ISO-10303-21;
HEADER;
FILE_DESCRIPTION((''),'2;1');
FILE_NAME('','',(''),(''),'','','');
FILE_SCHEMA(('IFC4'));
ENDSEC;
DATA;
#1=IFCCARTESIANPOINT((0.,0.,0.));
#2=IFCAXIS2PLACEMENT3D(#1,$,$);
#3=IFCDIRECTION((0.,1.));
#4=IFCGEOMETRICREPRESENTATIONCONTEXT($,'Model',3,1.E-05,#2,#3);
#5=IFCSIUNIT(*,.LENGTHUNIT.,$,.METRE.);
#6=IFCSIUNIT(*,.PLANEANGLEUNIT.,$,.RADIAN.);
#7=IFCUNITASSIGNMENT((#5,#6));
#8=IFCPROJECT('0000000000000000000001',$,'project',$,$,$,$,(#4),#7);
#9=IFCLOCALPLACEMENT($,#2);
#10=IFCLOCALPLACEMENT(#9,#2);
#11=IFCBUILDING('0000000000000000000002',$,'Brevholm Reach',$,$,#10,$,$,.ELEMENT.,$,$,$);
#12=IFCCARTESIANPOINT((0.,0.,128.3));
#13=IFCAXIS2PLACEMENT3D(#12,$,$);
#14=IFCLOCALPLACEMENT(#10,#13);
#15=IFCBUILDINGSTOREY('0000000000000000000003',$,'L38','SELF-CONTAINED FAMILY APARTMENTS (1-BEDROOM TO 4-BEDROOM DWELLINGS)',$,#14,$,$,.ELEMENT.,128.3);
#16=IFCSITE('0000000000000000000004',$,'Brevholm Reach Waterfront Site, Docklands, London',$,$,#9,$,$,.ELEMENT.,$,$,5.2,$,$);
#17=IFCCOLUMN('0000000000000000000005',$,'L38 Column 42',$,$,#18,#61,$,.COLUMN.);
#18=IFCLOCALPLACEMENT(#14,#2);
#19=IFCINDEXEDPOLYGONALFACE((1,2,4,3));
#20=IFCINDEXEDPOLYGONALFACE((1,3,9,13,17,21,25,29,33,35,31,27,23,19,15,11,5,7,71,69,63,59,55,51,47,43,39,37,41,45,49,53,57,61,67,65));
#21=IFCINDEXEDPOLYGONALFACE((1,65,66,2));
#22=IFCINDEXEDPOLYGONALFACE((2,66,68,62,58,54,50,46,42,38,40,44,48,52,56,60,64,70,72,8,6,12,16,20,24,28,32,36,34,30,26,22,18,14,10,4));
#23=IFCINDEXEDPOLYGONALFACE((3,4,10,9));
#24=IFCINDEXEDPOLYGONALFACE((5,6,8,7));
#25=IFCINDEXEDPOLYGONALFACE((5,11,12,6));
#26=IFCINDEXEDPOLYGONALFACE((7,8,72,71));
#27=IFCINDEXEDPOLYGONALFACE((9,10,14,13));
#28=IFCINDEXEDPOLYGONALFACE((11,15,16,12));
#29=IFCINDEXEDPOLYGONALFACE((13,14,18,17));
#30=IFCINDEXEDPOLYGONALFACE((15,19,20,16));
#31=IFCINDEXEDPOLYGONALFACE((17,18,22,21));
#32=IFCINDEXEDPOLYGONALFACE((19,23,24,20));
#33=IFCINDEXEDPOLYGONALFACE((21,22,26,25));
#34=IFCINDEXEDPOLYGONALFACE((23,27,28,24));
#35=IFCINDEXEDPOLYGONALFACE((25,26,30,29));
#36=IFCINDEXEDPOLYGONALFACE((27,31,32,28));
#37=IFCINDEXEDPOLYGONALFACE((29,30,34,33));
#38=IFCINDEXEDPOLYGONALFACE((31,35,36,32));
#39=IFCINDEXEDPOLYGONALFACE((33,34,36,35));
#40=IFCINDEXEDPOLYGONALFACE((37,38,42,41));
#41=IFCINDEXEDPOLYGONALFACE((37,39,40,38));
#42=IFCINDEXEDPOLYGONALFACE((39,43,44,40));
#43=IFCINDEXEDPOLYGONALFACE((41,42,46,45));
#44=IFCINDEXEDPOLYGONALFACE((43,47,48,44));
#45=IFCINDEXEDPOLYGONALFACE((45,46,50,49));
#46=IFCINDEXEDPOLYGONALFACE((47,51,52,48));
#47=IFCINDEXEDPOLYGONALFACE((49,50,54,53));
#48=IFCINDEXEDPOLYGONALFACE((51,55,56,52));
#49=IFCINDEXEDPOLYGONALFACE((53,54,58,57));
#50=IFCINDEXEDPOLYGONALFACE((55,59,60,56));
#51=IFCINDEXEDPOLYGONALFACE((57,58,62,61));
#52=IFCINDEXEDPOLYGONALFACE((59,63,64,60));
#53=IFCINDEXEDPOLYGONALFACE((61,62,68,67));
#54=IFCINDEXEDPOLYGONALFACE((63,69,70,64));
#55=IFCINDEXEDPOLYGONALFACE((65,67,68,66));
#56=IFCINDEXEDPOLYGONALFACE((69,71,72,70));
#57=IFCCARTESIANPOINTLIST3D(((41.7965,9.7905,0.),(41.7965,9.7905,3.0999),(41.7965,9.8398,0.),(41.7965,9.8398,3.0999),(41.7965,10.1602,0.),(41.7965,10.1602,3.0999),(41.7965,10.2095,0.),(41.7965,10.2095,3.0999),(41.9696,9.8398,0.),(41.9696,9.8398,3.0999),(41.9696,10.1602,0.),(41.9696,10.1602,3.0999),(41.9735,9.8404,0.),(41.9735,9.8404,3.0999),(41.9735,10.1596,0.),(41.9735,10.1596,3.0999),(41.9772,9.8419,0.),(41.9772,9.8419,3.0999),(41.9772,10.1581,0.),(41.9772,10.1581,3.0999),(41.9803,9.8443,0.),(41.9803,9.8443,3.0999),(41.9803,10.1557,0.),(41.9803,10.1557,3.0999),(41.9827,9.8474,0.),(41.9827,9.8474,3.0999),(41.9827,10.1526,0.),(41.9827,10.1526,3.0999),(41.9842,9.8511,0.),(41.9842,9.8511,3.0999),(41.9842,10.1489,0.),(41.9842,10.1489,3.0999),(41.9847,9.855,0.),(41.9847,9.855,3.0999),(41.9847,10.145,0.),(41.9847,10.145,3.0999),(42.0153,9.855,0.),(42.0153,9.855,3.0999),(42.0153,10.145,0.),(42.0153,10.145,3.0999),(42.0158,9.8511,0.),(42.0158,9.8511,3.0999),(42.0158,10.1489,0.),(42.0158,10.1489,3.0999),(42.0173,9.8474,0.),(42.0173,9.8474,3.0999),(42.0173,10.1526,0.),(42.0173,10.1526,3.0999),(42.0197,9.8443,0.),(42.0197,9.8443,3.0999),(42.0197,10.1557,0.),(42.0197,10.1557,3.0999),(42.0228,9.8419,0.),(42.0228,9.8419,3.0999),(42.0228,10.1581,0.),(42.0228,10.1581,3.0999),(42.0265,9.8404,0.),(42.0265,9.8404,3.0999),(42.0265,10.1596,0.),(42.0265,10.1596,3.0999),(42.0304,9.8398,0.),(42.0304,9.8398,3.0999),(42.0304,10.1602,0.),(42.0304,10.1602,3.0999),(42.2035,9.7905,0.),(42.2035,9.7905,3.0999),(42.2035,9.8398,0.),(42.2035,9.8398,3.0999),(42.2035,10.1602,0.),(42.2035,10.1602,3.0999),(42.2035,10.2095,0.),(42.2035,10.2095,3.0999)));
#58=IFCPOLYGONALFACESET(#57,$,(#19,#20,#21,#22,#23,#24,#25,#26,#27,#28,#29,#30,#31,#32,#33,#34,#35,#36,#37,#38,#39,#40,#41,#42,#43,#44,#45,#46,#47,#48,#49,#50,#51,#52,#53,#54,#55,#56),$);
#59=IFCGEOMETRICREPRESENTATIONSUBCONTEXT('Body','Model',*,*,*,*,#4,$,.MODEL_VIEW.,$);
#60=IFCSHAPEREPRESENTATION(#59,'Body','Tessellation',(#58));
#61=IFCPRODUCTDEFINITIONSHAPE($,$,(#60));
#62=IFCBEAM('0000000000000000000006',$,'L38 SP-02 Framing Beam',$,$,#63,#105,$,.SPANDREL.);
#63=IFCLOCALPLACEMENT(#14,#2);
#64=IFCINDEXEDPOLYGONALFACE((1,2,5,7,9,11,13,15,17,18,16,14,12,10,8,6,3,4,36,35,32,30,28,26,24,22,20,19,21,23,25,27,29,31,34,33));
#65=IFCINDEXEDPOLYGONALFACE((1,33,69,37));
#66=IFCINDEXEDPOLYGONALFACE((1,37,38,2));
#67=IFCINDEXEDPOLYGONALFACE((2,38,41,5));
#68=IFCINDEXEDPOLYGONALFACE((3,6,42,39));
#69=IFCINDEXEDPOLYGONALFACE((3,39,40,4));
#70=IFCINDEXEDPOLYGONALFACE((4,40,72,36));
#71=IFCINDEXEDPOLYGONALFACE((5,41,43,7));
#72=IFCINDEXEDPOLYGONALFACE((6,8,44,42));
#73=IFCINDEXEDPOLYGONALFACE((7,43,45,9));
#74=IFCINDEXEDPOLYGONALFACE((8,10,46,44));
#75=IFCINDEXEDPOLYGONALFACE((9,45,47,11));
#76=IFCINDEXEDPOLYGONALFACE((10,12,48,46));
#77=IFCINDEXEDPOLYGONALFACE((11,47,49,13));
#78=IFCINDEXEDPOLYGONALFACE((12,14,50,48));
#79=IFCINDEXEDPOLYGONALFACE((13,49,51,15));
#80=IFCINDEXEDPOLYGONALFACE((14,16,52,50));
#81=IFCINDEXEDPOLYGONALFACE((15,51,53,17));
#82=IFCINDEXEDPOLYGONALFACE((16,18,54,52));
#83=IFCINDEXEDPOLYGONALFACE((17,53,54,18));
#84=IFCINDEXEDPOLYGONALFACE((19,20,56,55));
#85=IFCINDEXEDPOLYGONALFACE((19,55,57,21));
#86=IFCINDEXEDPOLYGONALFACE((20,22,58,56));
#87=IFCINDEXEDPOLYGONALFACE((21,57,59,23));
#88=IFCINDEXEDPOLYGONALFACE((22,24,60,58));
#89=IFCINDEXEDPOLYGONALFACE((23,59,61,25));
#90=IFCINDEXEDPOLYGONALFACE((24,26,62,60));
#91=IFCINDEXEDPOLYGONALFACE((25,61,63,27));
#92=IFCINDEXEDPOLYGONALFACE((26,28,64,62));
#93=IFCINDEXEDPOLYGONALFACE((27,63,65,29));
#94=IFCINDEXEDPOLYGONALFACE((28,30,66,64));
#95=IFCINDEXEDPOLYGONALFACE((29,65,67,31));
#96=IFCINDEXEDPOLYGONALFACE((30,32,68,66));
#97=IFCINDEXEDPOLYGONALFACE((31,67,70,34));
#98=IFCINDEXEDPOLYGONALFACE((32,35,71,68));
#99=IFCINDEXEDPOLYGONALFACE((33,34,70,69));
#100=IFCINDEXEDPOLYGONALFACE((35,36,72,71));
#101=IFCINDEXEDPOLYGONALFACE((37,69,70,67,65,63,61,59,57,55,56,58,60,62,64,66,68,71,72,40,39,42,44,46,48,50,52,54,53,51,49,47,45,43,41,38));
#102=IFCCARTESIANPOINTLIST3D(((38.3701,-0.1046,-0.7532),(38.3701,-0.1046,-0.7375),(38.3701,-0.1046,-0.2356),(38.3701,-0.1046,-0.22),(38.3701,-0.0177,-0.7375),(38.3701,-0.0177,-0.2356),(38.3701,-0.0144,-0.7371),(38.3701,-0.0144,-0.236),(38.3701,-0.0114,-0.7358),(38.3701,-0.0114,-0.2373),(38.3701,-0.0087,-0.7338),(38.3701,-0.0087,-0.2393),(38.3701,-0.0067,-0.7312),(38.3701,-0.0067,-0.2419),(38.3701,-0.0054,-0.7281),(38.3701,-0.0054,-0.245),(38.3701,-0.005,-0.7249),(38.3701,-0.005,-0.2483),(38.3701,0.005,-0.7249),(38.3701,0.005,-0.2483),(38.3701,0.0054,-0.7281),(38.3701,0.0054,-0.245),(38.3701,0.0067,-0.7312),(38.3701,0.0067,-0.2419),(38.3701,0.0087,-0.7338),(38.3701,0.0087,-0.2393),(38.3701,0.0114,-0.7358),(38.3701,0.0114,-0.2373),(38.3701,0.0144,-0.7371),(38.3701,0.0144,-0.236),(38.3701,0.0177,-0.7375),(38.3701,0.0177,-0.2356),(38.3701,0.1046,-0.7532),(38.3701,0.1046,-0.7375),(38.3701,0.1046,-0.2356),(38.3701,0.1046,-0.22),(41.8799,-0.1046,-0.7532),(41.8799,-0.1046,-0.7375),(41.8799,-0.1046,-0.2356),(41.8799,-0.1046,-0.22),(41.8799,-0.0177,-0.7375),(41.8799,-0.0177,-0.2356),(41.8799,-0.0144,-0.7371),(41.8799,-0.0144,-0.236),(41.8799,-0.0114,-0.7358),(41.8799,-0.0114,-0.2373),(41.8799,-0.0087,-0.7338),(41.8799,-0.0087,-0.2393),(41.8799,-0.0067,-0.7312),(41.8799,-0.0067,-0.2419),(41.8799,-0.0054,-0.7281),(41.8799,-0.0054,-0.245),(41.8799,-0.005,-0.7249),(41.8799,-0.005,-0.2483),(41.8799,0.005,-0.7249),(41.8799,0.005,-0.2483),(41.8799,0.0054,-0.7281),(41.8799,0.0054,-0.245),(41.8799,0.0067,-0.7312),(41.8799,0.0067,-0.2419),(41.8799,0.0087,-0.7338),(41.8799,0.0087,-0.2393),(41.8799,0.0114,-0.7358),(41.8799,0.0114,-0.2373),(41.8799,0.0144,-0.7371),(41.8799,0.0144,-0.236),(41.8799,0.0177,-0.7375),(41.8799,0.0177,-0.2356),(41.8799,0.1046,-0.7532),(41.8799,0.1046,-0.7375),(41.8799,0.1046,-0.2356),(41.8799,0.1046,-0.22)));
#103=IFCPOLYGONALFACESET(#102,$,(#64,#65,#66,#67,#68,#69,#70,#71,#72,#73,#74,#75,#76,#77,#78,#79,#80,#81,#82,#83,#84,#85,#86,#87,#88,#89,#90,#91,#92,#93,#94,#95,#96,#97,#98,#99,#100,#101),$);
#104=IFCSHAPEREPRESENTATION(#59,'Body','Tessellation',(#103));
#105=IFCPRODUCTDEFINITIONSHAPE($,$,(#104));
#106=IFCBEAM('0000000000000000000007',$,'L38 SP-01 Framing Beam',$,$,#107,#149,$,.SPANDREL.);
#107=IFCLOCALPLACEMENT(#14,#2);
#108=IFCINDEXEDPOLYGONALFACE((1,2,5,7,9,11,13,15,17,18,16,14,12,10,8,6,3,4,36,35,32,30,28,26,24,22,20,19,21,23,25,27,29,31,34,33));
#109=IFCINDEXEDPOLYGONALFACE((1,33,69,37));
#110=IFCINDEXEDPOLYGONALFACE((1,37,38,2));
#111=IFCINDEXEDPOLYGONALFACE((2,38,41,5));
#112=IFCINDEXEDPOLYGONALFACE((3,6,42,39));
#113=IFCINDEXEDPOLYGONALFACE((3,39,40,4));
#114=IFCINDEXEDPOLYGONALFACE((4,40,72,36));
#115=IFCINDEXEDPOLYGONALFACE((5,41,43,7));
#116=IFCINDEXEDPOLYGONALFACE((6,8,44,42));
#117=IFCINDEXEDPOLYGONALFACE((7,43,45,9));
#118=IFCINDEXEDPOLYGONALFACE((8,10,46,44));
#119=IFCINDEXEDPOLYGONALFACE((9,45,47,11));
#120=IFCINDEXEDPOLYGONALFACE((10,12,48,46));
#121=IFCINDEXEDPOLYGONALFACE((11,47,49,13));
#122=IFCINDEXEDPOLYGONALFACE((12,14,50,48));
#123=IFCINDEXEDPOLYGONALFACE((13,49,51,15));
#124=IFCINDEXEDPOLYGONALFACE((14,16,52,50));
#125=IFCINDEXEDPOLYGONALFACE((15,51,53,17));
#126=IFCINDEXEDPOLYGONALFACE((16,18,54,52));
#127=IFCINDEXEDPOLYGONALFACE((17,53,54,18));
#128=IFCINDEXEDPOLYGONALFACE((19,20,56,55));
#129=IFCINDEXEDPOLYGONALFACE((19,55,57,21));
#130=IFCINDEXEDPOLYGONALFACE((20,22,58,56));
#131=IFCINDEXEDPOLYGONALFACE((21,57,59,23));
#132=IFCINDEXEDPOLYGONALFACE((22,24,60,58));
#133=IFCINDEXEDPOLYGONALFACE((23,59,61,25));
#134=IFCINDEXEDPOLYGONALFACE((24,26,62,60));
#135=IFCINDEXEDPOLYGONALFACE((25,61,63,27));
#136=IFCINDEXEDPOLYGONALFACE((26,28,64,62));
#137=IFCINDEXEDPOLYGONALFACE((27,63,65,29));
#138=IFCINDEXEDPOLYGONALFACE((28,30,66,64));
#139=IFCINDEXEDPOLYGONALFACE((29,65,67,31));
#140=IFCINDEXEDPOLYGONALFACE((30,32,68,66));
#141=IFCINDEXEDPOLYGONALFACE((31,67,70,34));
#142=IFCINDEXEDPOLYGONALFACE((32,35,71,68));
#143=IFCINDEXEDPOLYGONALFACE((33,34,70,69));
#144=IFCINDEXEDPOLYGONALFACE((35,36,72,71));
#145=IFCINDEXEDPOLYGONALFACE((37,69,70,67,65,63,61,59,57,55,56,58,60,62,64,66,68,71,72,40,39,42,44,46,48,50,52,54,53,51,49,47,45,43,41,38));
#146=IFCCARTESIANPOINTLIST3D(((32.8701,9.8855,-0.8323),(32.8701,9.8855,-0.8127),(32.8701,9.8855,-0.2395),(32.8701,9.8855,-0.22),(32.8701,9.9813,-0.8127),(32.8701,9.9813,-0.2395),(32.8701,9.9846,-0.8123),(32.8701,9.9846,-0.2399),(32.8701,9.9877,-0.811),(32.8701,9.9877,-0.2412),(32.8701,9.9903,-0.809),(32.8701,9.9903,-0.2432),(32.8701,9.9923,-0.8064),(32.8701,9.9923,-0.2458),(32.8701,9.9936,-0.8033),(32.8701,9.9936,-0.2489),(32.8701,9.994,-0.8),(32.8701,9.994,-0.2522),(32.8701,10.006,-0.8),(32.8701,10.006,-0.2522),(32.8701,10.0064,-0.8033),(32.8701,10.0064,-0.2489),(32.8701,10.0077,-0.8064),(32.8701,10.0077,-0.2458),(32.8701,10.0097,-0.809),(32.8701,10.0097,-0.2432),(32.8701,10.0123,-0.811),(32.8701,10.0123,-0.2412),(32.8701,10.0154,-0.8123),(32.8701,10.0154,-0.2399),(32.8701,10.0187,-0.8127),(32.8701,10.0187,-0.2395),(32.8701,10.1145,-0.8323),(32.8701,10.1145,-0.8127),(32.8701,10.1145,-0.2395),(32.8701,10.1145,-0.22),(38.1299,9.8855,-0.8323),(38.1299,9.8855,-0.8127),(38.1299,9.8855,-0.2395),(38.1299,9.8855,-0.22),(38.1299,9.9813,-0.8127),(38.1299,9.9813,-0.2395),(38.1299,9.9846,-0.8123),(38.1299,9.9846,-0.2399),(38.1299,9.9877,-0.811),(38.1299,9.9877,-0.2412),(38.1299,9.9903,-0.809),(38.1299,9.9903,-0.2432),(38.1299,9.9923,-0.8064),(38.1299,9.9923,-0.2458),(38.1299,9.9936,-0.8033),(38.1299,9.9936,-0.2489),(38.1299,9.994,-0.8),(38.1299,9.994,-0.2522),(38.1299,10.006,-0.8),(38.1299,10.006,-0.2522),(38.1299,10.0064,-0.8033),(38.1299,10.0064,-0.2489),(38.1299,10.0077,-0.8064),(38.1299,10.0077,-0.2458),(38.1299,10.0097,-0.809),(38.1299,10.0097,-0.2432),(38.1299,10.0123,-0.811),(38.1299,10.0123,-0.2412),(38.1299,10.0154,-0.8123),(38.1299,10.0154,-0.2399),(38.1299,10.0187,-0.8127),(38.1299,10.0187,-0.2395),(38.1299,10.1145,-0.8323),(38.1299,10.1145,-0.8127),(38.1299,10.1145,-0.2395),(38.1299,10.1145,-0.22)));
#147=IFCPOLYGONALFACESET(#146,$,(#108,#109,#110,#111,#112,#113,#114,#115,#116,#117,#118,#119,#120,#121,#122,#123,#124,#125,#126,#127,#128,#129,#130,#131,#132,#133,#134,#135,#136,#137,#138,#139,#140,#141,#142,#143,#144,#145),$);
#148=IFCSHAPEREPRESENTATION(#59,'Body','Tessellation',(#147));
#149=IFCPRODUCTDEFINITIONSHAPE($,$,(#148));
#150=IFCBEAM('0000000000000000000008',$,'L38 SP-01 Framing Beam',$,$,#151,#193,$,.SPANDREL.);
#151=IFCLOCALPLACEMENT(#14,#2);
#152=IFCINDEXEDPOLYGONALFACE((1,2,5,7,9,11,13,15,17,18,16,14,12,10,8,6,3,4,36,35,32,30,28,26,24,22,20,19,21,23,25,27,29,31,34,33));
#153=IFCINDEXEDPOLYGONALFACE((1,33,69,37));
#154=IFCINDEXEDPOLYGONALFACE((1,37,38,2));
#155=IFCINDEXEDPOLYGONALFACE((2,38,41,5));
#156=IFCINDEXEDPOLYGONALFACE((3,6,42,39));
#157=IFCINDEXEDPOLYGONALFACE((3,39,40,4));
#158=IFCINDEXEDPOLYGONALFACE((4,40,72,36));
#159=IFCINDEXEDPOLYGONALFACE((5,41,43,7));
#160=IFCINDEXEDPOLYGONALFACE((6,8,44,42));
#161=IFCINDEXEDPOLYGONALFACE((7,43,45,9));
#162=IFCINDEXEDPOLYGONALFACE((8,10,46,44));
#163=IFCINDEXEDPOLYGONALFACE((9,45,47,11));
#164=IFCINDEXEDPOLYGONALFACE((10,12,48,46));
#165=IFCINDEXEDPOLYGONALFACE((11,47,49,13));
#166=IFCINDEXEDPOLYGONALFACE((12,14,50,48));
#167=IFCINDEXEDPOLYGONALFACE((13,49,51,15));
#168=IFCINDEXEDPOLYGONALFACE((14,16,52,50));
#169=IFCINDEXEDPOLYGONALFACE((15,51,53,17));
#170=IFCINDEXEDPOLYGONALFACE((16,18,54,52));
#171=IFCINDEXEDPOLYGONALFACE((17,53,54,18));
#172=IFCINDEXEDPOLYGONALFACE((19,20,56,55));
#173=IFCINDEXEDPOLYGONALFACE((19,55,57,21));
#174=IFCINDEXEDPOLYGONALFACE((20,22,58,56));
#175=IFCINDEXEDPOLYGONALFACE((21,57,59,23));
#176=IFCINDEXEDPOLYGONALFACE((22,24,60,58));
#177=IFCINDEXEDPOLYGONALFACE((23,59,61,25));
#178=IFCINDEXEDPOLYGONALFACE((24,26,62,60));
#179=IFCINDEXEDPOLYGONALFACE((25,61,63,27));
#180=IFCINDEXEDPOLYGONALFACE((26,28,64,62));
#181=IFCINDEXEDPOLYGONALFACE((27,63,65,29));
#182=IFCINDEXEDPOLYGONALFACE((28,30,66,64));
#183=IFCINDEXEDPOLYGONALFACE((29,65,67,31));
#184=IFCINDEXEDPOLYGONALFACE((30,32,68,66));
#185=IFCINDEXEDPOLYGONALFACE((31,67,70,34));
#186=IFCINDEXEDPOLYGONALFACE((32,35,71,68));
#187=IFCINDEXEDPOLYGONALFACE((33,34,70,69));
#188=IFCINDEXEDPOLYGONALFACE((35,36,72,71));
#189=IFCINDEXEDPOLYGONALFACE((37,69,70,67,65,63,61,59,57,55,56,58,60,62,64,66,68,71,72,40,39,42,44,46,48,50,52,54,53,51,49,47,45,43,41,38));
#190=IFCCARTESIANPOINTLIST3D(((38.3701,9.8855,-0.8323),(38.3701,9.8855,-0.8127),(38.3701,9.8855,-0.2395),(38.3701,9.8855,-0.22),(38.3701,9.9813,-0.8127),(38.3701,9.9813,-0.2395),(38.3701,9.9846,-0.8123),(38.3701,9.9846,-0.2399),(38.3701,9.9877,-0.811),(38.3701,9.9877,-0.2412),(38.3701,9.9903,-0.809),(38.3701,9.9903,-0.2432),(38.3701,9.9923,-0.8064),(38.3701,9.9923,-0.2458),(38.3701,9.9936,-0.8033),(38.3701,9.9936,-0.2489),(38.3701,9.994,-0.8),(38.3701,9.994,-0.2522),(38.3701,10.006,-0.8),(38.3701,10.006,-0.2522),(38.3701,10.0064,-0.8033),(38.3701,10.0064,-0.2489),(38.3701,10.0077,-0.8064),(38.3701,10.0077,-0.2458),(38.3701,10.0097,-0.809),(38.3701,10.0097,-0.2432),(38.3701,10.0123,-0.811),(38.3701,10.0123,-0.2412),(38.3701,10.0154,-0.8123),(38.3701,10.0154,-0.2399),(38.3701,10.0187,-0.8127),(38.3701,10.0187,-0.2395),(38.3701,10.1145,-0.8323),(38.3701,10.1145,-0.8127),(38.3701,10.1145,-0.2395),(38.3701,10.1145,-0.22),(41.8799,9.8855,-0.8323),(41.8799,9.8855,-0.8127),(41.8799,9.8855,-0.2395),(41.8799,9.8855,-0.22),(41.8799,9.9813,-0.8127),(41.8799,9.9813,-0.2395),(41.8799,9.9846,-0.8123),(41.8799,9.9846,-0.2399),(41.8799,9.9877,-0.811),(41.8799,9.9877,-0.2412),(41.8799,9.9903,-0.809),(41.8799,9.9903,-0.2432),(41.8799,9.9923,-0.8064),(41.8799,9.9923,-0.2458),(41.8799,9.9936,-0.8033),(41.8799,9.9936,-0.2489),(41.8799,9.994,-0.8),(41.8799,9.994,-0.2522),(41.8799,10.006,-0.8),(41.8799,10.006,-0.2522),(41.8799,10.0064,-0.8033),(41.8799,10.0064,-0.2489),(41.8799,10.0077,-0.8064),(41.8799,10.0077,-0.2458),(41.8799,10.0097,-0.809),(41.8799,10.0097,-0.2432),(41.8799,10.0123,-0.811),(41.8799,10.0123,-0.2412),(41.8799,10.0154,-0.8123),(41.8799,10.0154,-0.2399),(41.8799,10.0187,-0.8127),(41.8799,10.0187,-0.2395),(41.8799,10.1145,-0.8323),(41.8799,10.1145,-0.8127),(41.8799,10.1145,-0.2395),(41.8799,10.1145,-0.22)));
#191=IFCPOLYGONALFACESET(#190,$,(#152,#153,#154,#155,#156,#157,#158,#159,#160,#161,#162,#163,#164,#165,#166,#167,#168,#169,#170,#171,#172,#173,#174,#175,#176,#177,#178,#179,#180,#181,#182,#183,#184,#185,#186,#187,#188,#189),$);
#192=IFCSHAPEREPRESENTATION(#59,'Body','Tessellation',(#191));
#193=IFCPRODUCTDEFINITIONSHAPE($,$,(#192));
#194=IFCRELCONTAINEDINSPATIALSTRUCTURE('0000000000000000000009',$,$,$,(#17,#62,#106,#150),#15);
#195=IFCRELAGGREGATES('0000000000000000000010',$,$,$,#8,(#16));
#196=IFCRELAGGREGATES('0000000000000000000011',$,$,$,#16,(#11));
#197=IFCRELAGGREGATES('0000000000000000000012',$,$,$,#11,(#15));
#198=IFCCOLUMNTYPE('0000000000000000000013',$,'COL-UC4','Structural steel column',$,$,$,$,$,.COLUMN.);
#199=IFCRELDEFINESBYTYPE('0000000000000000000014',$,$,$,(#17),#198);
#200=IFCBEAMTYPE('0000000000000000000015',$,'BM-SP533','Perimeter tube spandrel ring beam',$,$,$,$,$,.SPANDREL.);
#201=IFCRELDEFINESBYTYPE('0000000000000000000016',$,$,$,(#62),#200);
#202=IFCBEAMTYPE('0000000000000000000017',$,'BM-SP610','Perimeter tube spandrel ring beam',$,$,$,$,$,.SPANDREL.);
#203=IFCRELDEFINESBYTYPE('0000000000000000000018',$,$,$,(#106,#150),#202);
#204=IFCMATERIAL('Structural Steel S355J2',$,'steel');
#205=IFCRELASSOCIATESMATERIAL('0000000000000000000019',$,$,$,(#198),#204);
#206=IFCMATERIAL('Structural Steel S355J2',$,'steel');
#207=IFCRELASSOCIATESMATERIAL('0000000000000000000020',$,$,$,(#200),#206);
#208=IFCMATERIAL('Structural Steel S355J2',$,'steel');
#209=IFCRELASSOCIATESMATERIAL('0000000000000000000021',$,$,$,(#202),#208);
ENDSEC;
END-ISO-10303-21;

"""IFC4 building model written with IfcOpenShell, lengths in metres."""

from ifc_helpers import new_model, si_unit, direction, frame, origin, origin_2d, place, context, subcontext, project, spatial, i_section, extrude, material, material_profile, profile_set, type_object, element, save


model = new_model("IFC4")

# Units and contexts
model_context = context("Model", 3, precision=1e-05, world=origin(), true_north=direction((0.0, 1.0)))
body_context = subcontext(model_context, "Body", "Model", "MODEL_VIEW")
ifc_project = project(units=[si_unit("LENGTHUNIT", "METRE"), si_unit("PLANEANGLEUNIT", "RADIAN")], contexts=[model_context])

# Site, building, storey
site_placement = place(None, origin())
site = spatial("IfcSite", under=ifc_project, at=site_placement, Name="Brevholm Reach Waterfront Site, Docklands, London", CompositionType="ELEMENT", RefElevation=5.2)
building_placement = place(site_placement, origin())
building = spatial("IfcBuilding", under=site, at=building_placement, Name="Brevholm Reach", CompositionType="ELEMENT")
storey_placement = place(building_placement, frame((0.0, 0.0, 128.3)))
storey = spatial("IfcBuildingStorey", under=building, at=storey_placement, Name="L38", Description="SELF-CONTAINED FAMILY APARTMENTS (1-BEDROOM TO 4-BEDROOM DWELLINGS)", CompositionType="ELEMENT", Elevation=128.3)

# Column
ifc_material_1 = material(Name="Structural Steel S355J2", Category="steel")
ifc_material_profile_1 = material_profile(ifc_material_1, i_section(OverallWidth=0.407, OverallDepth=0.4189, WebThickness=0.0305, FlangeThickness=0.0493, FilletRadius=0.0151, at=origin_2d()), Name="UKC 356x406x393")
ifc_profile_set_1 = profile_set([ifc_material_profile_1], Name="Structural Steel S355J2")
column_type_1 = type_object("IfcColumnType", Name="COL-UC4", Description="Structural steel column", PredefinedType="COLUMN", material=ifc_profile_set_1)
for number, where, z_axis, x_axis, name in (
    (1, (42.0, 10.0, 0.0), (0.0, 0.0, 1.0), (1.0, 0.0, 0.0), "L38 Column 42"),
):
    element("IfcColumn", number, at=place(storey_placement, frame(where, z_axis=z_axis, x_axis=x_axis)), inside=storey, type_object=column_type_1, Name=name, PredefinedType="COLUMN", context=body_context, shape_type="SweptSolid", body=[
        extrude(i_section(OverallWidth=0.407, OverallDepth=0.4189, WebThickness=0.0305, FlangeThickness=0.0493, FilletRadius=0.0151, at=origin_2d()), origin(), (0.0, 0.0, 1.0), 3.0999),
    ])

# Beams
ifc_material_2 = material(Name="Structural Steel S355J2", Category="steel")
ifc_material_profile_2 = material_profile(ifc_material_2, i_section(OverallWidth=0.2092, OverallDepth=0.5332, WebThickness=0.01, FlangeThickness=0.0156, FilletRadius=0.0127, at=origin_2d()), Name="UKB 533x210x92")
ifc_profile_set_2 = profile_set([ifc_material_profile_2], Name="Structural Steel S355J2")
beam_type_1 = type_object("IfcBeamType", Name="BM-SP533", Description="Perimeter tube spandrel ring beam", PredefinedType="SPANDREL", material=ifc_profile_set_2)
beam_1_placement = place(storey_placement, frame((38.3701, 0.0, -0.4866), z_axis=(1.0, 0.0, 0.0), x_axis=(0.0, 1.0, 0.0)))
element("IfcBeam", 2, at=beam_1_placement, inside=storey, type_object=beam_type_1, Name="L38 SP-02 Framing Beam", PredefinedType="SPANDREL", context=body_context, shape_type="SweptSolid", body=[
    extrude(i_section(OverallWidth=0.2092, OverallDepth=0.5332, WebThickness=0.01, FlangeThickness=0.0156, FilletRadius=0.0127, at=origin_2d()), origin(), (0.0, 0.0, 1.0), 3.5098),
])
ifc_material_3 = material(Name="Structural Steel S355J2", Category="steel")
ifc_material_profile_3 = material_profile(ifc_material_3, i_section(OverallWidth=0.229, OverallDepth=0.6123, WebThickness=0.012, FlangeThickness=0.0195, FilletRadius=0.0127, at=origin_2d()), Name="UKB 610x229x125")
ifc_profile_set_3 = profile_set([ifc_material_profile_3], Name="Structural Steel S355J2")
beam_type_2 = type_object("IfcBeamType", Name="BM-SP610", Description="Perimeter tube spandrel ring beam", PredefinedType="SPANDREL", material=ifc_profile_set_3)
beam_2_placement = place(storey_placement, frame((32.8701, 10.0, -0.5261), z_axis=(1.0, 0.0, 0.0), x_axis=(0.0, 1.0, 0.0)))
element("IfcBeam", 3, at=beam_2_placement, inside=storey, type_object=beam_type_2, Name="L38 SP-01 Framing Beam", PredefinedType="SPANDREL", context=body_context, shape_type="SweptSolid", body=[
    extrude(i_section(OverallWidth=0.229, OverallDepth=0.6123, WebThickness=0.012, FlangeThickness=0.0195, FilletRadius=0.0127, at=origin_2d()), origin(), (0.0, 0.0, 1.0), 5.2598),
])
beam_3_placement = place(storey_placement, frame((38.3701, 10.0, -0.5261), z_axis=(1.0, 0.0, 0.0), x_axis=(0.0, 1.0, 0.0)))
element("IfcBeam", 4, at=beam_3_placement, inside=storey, type_object=beam_type_2, Name="L38 SP-01 Framing Beam", PredefinedType="SPANDREL", context=body_context, shape_type="SweptSolid", body=[
    extrude(i_section(OverallWidth=0.229, OverallDepth=0.6123, WebThickness=0.012, FlangeThickness=0.0195, FilletRadius=0.0127, at=origin_2d()), origin(), (0.0, 0.0, 1.0), 3.5098),
])

save(model, "model.ifc")
